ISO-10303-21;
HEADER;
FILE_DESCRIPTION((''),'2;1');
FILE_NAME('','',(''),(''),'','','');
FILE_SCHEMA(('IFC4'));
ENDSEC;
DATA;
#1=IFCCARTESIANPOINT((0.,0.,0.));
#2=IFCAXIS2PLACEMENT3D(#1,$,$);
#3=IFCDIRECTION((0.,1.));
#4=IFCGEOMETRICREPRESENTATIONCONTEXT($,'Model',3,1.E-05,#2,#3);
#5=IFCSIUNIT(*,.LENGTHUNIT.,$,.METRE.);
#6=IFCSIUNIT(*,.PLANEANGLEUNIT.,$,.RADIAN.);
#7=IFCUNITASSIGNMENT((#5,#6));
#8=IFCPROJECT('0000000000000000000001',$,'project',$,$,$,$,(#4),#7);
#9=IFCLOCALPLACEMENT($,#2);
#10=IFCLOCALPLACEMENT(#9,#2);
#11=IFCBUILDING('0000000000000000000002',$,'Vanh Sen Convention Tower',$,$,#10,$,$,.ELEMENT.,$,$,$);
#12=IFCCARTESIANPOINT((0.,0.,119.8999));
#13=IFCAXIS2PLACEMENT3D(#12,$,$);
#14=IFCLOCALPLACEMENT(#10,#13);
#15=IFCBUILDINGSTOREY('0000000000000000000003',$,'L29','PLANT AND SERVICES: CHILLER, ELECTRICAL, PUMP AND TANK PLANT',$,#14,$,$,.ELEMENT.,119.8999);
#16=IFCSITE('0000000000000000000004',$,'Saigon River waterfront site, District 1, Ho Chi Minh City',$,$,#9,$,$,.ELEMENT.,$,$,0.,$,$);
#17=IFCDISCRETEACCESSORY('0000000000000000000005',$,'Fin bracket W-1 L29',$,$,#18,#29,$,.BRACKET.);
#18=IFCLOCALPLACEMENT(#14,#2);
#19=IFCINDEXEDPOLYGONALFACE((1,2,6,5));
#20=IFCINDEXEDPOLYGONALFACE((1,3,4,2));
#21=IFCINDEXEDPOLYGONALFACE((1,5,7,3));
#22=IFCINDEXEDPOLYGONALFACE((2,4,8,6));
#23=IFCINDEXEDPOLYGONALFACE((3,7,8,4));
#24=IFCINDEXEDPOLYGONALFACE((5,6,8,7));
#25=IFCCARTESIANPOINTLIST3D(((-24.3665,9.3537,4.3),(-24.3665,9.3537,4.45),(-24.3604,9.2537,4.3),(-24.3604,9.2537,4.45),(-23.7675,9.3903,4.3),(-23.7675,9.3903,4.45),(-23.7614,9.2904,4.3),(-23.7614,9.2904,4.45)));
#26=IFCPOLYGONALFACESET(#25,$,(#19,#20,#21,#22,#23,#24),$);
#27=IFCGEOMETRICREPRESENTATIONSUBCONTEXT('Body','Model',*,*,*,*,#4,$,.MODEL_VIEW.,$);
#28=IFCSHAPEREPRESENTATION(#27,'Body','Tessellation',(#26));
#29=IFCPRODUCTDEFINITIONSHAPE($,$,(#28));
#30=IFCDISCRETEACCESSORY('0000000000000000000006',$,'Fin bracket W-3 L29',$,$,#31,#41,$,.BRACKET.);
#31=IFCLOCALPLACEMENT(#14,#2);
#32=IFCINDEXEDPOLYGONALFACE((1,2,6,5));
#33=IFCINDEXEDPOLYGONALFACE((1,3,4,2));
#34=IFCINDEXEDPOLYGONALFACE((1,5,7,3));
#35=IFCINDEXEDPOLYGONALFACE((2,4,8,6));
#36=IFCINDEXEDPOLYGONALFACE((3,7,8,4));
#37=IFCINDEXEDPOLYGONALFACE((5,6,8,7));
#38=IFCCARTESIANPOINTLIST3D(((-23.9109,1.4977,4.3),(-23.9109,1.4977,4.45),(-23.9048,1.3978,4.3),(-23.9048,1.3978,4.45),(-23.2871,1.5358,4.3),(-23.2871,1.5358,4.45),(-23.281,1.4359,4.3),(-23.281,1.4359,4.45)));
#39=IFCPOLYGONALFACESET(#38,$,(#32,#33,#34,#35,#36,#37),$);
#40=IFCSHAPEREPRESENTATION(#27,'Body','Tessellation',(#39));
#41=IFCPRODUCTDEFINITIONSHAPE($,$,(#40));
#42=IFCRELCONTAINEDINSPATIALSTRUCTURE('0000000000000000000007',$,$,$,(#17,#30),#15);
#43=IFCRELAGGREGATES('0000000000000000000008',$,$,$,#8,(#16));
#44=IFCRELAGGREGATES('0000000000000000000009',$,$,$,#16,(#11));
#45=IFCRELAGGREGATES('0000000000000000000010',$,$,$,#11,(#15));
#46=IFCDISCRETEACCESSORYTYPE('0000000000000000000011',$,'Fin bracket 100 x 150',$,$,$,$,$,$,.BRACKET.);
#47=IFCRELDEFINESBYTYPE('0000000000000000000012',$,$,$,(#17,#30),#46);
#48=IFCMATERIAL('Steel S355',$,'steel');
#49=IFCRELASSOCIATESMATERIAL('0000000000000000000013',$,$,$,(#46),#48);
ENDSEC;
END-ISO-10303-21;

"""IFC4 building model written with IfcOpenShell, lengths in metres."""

from ifc_helpers import new_model, si_unit, direction, frame, origin, origin_2d, place, context, subcontext, project, spatial, rectangle, extrude, material, type_object, element, save


model = new_model("IFC4")

# Units and contexts
model_context = context("Model", 3, precision=1e-05, world=origin(), true_north=direction((0.0, 1.0)))
body_context = subcontext(model_context, "Body", "Model", "MODEL_VIEW")
ifc_project = project(units=[si_unit("LENGTHUNIT", "METRE"), si_unit("PLANEANGLEUNIT", "RADIAN")], contexts=[model_context])

# Site, building, storey
site_placement = place(None, origin())
site = spatial("IfcSite", under=ifc_project, at=site_placement, Name="Saigon River waterfront site, District 1, Ho Chi Minh City", CompositionType="ELEMENT", RefElevation=0.0)
building_placement = place(site_placement, origin())
building = spatial("IfcBuilding", under=site, at=building_placement, Name="Vanh Sen Convention Tower", CompositionType="ELEMENT")
storey_placement = place(building_placement, frame((0.0, 0.0, 119.8999)))
storey = spatial("IfcBuildingStorey", under=building, at=storey_placement, Name="L29", Description="PLANT AND SERVICES: CHILLER, ELECTRICAL, PUMP AND TANK PLANT", CompositionType="ELEMENT", Elevation=119.8999)

# Discrete accessories
ifc_material_1 = material(Name="Steel S355", Category="steel")
discrete_accessory_type_1 = type_object("IfcDiscreteAccessoryType", Name="Fin bracket 100 x 150", PredefinedType="BRACKET", material=ifc_material_1)
discrete_accessory_1_placement = place(storey_placement, frame((-24.064, 9.322, 4.3), z_axis=(0.0, 0.0, 1.0), x_axis=(-0.998135, -0.061049, 0.0)))
element("IfcDiscreteAccessory", 1, at=discrete_accessory_1_placement, inside=storey, type_object=discrete_accessory_type_1, Name="Fin bracket W-1 L29", PredefinedType="BRACKET", context=body_context, shape_type="SweptSolid", body=[
    extrude(rectangle(XDim=0.6001, YDim=0.1001, at=origin_2d()), origin(), (0.0, 0.0, 1.0), 0.1499),
])
discrete_accessory_2_placement = place(storey_placement, frame((-23.5959, 1.4668, 4.3), z_axis=(0.0, 0.0, 1.0), x_axis=(-0.998135, -0.061049, 0.0)))
element("IfcDiscreteAccessory", 2, at=discrete_accessory_2_placement, inside=storey, type_object=discrete_accessory_type_1, Name="Fin bracket W-3 L29", PredefinedType="BRACKET", context=body_context, shape_type="SweptSolid", body=[
    extrude(rectangle(XDim=0.625, YDim=0.1001, at=origin_2d()), origin(), (0.0, 0.0, 1.0), 0.1499),
])

save(model, "model.ifc")
